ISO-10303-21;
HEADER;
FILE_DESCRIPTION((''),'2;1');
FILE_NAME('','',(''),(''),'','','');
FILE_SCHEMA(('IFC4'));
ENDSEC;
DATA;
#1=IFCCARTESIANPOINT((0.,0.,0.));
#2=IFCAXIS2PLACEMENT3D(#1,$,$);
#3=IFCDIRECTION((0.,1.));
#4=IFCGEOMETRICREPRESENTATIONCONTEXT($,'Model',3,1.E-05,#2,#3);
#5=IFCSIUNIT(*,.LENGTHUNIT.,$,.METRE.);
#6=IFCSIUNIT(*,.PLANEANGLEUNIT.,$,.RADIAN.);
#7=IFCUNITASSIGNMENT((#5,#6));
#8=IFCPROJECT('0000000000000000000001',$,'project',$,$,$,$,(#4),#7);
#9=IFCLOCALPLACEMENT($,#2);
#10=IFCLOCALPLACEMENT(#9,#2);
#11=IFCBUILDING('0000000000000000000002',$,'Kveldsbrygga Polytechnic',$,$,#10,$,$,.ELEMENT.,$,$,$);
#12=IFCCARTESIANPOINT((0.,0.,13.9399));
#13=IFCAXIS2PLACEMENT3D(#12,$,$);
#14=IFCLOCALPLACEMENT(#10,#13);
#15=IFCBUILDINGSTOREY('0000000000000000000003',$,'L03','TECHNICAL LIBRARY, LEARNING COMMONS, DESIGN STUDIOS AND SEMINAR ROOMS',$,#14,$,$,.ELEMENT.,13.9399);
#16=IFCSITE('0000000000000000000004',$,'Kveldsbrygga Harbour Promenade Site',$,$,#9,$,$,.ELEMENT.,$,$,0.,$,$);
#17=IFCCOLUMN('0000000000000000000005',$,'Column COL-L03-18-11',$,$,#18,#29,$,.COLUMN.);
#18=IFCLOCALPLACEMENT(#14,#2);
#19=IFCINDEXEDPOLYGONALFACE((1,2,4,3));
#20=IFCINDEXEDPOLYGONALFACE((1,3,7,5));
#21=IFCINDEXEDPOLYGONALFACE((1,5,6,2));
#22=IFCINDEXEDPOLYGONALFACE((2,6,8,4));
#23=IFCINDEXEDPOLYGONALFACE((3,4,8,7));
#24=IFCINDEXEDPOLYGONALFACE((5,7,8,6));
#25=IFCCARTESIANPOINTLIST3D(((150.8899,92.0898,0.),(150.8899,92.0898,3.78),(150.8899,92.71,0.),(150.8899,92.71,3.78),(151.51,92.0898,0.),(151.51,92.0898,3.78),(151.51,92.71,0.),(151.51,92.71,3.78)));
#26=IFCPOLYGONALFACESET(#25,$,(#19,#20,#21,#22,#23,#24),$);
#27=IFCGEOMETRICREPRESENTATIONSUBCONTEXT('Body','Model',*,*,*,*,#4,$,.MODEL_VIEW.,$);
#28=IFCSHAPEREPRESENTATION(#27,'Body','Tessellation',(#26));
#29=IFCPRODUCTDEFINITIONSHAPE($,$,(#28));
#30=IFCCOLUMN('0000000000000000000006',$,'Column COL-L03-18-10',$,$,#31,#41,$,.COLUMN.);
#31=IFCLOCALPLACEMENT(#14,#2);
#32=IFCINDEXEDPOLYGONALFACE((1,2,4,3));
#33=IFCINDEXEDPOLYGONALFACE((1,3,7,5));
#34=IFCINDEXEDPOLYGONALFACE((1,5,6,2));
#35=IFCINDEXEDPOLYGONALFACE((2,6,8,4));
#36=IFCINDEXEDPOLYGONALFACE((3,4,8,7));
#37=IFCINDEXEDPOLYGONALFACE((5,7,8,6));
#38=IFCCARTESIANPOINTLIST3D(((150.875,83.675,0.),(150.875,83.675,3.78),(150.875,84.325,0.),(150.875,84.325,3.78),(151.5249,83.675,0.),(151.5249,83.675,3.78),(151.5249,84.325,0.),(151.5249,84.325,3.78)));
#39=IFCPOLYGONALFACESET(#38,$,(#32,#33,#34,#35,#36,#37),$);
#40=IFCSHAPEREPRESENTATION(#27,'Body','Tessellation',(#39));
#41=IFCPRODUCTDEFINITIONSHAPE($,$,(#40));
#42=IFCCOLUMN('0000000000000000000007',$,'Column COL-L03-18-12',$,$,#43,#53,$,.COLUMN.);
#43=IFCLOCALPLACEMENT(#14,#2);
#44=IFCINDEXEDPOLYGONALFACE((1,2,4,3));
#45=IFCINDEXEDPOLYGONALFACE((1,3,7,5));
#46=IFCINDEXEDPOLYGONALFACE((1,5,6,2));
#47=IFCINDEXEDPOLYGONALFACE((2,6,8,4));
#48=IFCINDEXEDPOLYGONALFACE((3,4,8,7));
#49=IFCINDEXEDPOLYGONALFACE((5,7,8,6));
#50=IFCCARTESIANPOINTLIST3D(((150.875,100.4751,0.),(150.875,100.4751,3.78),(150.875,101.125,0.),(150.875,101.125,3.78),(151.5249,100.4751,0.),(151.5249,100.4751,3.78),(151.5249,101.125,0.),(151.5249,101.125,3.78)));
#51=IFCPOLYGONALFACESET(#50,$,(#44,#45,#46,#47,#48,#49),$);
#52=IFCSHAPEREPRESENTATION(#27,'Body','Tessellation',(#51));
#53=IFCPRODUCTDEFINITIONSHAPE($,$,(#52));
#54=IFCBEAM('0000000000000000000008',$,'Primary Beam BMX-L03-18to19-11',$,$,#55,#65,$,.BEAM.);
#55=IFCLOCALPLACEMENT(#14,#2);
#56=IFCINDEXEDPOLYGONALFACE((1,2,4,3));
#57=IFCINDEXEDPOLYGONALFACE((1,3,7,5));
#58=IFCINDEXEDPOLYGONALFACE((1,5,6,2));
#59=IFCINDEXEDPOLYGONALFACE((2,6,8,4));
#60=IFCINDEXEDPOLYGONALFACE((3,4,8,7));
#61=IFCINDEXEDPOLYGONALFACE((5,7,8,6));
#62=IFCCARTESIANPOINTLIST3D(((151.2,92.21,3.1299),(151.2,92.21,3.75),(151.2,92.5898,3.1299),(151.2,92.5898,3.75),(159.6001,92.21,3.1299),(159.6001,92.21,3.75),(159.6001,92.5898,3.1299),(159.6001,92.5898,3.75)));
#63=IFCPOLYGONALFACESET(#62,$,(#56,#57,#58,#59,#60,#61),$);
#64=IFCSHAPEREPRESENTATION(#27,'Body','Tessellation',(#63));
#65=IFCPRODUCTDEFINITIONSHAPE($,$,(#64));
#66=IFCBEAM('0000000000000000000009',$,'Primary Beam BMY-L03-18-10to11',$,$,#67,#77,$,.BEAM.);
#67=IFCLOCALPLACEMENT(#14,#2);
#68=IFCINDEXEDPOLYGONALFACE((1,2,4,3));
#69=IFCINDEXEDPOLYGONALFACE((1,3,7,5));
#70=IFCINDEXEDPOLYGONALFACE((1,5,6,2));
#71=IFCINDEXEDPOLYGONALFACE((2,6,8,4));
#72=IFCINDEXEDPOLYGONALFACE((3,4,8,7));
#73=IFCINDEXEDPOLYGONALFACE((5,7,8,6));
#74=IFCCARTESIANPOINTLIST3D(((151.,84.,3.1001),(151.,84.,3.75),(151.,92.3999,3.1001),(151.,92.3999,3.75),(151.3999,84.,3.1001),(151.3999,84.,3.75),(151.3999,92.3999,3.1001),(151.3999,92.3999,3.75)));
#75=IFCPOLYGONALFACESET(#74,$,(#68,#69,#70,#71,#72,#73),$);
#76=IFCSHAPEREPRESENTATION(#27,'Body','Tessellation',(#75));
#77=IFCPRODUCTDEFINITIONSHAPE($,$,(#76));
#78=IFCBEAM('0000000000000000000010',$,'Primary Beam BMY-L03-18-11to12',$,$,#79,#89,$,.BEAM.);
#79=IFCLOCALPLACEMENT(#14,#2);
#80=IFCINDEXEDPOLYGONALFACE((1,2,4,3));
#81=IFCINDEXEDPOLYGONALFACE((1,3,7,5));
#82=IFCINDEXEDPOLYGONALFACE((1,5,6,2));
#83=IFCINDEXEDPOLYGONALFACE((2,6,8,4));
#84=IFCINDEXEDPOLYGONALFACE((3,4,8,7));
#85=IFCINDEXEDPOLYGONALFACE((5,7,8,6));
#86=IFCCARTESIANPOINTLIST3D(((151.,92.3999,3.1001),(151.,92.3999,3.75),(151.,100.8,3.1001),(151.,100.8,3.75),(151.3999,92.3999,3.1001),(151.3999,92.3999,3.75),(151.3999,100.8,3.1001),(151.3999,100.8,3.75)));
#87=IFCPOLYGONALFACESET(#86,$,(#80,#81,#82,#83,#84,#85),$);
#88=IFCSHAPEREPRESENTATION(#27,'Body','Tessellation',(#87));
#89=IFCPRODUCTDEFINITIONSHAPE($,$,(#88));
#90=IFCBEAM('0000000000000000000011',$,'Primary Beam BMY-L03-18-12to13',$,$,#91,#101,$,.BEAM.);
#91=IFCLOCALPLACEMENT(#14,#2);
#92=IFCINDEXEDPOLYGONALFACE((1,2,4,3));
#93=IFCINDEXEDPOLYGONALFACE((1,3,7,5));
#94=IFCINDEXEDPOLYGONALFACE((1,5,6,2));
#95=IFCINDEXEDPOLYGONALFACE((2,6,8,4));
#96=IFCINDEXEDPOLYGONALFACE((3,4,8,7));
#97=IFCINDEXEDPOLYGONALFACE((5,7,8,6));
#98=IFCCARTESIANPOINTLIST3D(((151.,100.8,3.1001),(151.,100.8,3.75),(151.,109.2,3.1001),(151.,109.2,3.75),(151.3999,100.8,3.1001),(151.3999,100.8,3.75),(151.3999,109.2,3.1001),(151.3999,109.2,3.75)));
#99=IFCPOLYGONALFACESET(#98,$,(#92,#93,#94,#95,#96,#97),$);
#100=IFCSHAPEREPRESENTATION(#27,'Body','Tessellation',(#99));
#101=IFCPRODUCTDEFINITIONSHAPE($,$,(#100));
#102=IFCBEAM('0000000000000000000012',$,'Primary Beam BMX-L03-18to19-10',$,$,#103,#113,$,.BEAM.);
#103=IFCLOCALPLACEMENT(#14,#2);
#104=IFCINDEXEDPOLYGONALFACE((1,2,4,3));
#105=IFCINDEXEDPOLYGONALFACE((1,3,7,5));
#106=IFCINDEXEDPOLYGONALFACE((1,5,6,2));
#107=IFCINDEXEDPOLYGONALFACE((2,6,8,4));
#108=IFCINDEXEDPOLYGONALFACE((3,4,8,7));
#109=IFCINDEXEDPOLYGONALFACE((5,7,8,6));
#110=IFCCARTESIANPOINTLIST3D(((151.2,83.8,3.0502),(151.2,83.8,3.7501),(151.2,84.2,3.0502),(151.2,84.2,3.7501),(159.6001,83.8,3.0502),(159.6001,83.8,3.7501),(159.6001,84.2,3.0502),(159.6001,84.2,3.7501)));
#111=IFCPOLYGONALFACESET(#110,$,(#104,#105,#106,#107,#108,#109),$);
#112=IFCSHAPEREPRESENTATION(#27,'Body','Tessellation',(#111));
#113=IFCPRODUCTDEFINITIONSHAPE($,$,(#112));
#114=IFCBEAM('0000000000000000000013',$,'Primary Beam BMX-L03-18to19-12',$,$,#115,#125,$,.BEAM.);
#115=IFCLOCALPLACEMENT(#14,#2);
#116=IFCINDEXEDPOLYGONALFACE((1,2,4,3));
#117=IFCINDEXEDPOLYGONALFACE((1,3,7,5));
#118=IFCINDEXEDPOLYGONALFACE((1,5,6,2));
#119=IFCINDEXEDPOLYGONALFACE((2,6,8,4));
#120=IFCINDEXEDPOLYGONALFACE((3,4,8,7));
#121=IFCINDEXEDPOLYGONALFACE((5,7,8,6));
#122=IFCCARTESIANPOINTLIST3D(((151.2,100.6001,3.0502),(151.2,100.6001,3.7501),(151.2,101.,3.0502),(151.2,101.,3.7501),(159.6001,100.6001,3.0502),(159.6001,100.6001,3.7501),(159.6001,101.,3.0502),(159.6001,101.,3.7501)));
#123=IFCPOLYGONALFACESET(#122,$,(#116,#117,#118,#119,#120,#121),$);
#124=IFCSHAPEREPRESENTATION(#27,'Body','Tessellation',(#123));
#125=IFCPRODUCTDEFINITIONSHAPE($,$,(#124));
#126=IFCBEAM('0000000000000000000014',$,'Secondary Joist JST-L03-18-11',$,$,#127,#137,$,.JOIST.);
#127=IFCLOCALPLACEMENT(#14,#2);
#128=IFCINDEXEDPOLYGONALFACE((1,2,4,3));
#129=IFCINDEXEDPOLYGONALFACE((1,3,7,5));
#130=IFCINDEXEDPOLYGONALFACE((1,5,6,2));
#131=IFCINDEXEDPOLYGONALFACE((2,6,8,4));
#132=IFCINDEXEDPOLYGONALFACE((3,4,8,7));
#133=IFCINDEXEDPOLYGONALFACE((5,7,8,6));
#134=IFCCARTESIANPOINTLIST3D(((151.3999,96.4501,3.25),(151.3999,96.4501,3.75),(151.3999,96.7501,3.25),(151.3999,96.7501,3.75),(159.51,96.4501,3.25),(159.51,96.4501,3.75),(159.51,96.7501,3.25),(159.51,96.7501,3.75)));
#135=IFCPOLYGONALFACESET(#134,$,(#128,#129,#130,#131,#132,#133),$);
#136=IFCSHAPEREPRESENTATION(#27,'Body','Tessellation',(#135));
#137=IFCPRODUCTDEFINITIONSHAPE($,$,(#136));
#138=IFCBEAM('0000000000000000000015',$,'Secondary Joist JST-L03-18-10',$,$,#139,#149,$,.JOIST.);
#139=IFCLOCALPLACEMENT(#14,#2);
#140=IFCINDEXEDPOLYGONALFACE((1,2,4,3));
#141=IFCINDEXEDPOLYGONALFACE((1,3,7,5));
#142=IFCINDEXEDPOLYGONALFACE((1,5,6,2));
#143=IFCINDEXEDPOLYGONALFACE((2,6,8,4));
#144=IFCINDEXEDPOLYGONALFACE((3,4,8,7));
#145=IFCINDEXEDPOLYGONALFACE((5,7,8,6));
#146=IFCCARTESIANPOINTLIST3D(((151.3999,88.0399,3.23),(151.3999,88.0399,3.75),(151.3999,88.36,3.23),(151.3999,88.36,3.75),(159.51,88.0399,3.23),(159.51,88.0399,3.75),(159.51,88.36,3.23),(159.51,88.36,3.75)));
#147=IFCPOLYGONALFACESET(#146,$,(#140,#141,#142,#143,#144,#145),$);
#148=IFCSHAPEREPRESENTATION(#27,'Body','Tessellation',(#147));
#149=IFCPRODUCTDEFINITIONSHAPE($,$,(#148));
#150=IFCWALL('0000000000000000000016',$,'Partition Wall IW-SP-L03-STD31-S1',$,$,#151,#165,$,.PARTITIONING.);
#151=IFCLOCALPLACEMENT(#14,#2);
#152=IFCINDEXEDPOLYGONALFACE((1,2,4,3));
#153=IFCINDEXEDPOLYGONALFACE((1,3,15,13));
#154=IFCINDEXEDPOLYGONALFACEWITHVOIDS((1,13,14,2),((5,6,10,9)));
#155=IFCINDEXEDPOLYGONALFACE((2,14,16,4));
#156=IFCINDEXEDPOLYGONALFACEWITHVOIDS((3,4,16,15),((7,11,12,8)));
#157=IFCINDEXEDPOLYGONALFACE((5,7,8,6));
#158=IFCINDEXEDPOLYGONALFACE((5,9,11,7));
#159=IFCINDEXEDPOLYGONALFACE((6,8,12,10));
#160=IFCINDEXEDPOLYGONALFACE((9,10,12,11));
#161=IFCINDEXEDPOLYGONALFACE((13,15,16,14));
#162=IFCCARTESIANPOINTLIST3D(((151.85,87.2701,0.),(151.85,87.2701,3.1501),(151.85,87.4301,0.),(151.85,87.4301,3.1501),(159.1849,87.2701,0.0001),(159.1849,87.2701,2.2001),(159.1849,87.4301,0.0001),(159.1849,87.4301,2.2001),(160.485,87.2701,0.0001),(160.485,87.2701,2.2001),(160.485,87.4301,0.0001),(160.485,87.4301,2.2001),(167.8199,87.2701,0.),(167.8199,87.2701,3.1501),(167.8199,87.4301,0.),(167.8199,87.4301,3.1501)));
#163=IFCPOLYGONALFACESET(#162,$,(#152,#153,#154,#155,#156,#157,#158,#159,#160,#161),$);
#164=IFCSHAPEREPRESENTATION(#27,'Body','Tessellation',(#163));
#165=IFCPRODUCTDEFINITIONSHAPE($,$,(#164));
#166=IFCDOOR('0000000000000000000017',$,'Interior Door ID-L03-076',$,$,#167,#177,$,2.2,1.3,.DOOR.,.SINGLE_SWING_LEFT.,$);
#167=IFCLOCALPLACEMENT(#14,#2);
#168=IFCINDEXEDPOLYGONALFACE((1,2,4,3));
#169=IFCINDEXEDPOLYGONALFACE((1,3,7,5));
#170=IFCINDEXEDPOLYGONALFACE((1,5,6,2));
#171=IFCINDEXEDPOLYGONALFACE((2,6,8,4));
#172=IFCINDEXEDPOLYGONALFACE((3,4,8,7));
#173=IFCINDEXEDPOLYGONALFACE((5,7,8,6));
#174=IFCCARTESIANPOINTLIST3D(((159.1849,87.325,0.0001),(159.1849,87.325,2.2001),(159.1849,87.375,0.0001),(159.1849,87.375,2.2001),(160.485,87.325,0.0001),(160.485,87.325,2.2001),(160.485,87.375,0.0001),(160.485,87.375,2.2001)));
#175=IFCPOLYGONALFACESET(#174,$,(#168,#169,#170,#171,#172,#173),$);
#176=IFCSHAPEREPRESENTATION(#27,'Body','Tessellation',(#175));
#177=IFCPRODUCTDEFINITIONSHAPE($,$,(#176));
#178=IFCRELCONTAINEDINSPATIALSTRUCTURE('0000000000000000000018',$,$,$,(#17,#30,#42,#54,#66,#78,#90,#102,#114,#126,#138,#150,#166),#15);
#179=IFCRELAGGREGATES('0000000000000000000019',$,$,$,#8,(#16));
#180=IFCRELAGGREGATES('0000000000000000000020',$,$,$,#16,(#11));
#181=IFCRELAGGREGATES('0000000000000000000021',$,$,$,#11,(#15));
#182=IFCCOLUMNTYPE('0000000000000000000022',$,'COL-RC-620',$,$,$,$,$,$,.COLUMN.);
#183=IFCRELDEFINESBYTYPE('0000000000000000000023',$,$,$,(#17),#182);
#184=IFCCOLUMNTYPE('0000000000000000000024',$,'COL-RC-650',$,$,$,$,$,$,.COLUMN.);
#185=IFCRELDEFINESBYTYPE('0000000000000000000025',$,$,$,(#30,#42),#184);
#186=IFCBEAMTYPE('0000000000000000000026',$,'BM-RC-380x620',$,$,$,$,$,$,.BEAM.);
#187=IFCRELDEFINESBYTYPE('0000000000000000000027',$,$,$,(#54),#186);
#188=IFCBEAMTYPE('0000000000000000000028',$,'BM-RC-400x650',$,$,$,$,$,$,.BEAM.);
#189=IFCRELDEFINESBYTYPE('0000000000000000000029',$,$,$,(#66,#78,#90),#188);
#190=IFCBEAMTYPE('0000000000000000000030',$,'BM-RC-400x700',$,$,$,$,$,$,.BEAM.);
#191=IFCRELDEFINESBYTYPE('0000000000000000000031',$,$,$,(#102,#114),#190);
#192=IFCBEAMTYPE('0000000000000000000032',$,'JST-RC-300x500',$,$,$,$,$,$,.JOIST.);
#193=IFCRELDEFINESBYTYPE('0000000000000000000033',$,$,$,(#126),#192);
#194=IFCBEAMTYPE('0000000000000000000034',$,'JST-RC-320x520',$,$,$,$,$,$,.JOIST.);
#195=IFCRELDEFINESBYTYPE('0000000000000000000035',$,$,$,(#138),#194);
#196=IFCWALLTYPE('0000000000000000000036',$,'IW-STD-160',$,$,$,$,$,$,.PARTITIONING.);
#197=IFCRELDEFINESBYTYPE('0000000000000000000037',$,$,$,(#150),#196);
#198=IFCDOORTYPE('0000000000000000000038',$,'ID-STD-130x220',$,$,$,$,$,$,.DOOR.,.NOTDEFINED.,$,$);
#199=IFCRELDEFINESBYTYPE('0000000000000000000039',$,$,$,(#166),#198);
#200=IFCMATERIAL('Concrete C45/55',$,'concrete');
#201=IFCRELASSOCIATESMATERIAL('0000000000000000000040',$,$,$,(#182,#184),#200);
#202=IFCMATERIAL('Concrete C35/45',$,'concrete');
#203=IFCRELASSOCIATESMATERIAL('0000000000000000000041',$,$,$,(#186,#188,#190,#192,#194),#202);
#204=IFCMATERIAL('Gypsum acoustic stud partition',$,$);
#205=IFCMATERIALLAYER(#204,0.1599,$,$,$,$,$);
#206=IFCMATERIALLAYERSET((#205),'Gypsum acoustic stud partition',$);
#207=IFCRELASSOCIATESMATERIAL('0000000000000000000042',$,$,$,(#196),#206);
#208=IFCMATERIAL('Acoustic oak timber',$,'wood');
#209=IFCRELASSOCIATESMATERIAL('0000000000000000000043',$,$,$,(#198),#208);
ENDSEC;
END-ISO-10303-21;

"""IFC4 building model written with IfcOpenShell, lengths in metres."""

from ifc_helpers import new_model, si_unit, direction, frame, frame_2d, origin, origin_2d, place, context, subcontext, project, spatial, rectangle, extrude, material, layer, layer_set, material_profile, profile_set, type_object, element, fill, save


model = new_model("IFC4")

# Units and contexts
model_context = context("Model", 3, precision=1e-05, world=origin(), true_north=direction((0.0, 1.0)))
body_context = subcontext(model_context, "Body", "Model", "MODEL_VIEW")
ifc_project = project(units=[si_unit("LENGTHUNIT", "METRE"), si_unit("PLANEANGLEUNIT", "RADIAN")], contexts=[model_context])

# Site, building, storey
site_placement = place(None, origin())
site = spatial("IfcSite", under=ifc_project, at=site_placement, Name="Kveldsbrygga Harbour Promenade Site", CompositionType="ELEMENT", RefElevation=0.0)
building_placement = place(site_placement, origin())
building = spatial("IfcBuilding", under=site, at=building_placement, Name="Kveldsbrygga Polytechnic", CompositionType="ELEMENT")
storey_placement = place(building_placement, frame((0.0, 0.0, 13.9399)))
storey = spatial("IfcBuildingStorey", under=building, at=storey_placement, Name="L03", Description="TECHNICAL LIBRARY, LEARNING COMMONS, DESIGN STUDIOS AND SEMINAR ROOMS", CompositionType="ELEMENT", Elevation=13.9399)

# Columns
ifc_material_1 = material(Name="Concrete C45/55", Category="concrete")
ifc_material_profile_1 = material_profile(ifc_material_1, rectangle(XDim=0.6201, YDim=0.6201, at=origin_2d()), Name="RC 620x620")
ifc_profile_set_1 = profile_set([ifc_material_profile_1], Name="Concrete C45/55")
column_type_1 = type_object("IfcColumnType", Name="COL-RC-620", PredefinedType="COLUMN", material=ifc_profile_set_1)
column_placement = place(storey_placement, frame((151.2, 92.3999, 0.0), z_axis=(0.0, 0.0, 1.0), x_axis=(1.0, 0.0, 0.0)))
element("IfcColumn", 1, at=column_placement, inside=storey, type_object=column_type_1, Name="Column COL-L03-18-11", PredefinedType="COLUMN", context=body_context, shape_type="SweptSolid", body=[
    extrude(rectangle(XDim=0.6201, YDim=0.6201, at=origin_2d()), origin(), (0.0, 0.0, 1.0), 3.78),
])
ifc_material_profile_2 = material_profile(ifc_material_1, rectangle(XDim=0.6499, YDim=0.6499, at=origin_2d()), Name="RC 650x650")
ifc_profile_set_2 = profile_set([ifc_material_profile_2], Name="Concrete C45/55")
column_type_2 = type_object("IfcColumnType", Name="COL-RC-650", PredefinedType="COLUMN", material=ifc_profile_set_2)
for number, where, z_axis, x_axis, name in (
    (2, (151.2, 84.0, 0.0), (0.0, 0.0, 1.0), (1.0, 0.0, 0.0), "Column COL-L03-18-10"),
    (3, (151.2, 100.8, 0.0), (0.0, 0.0, 1.0), (1.0, 0.0, 0.0), "Column COL-L03-18-12"),
):
    element("IfcColumn", number, at=place(storey_placement, frame(where, z_axis=z_axis, x_axis=x_axis)), inside=storey, type_object=column_type_2, Name=name, PredefinedType="COLUMN", context=body_context, shape_type="SweptSolid", body=[
        extrude(rectangle(XDim=0.6499, YDim=0.6499, at=origin_2d()), origin(), (0.0, 0.0, 1.0), 3.78),
    ])

# Beams
ifc_material_2 = material(Name="Concrete C35/45", Category="concrete")
ifc_material_profile_3 = material_profile(ifc_material_2, rectangle(XDim=0.3799, YDim=0.6201, at=origin_2d()), Name="RC 380x620")
ifc_profile_set_3 = profile_set([ifc_material_profile_3], Name="Concrete C35/45")
beam_type_1 = type_object("IfcBeamType", Name="BM-RC-380x620", PredefinedType="BEAM", material=ifc_profile_set_3)
beam_1_placement = place(storey_placement, frame((151.2, 92.3999, 3.4399), z_axis=(1.0, 0.0, 0.0), x_axis=(0.0, 1.0, 0.0)))
element("IfcBeam", 4, at=beam_1_placement, inside=storey, type_object=beam_type_1, Name="Primary Beam BMX-L03-18to19-11", PredefinedType="BEAM", context=body_context, shape_type="SweptSolid", body=[
    extrude(rectangle(XDim=0.3799, YDim=0.6201, at=origin_2d()), origin(), (0.0, 0.0, 1.0), 8.4001),
])
ifc_material_profile_4 = material_profile(ifc_material_2, rectangle(XDim=0.3999, YDim=0.6499, at=origin_2d()), Name="RC 400x650")
ifc_profile_set_4 = profile_set([ifc_material_profile_4], Name="Concrete C35/45")
beam_type_2 = type_object("IfcBeamType", Name="BM-RC-400x650", PredefinedType="BEAM", material=ifc_profile_set_4)
beam_2_placement = place(storey_placement, frame((151.2, 84.0, 3.425), z_axis=(0.0, 1.0, 0.0), x_axis=(-1.0, 0.0, 0.0)))
element("IfcBeam", 5, at=beam_2_placement, inside=storey, type_object=beam_type_2, Name="Primary Beam BMY-L03-18-10to11", PredefinedType="BEAM", context=body_context, shape_type="SweptSolid", body=[
    extrude(rectangle(XDim=0.3999, YDim=0.6499, at=origin_2d()), origin(), (0.0, 0.0, 1.0), 8.3999),
])
beam_3_placement = place(storey_placement, frame((151.2, 92.3999, 3.425), z_axis=(0.0, 1.0, 0.0), x_axis=(-1.0, 0.0, 0.0)))
element("IfcBeam", 6, at=beam_3_placement, inside=storey, type_object=beam_type_2, Name="Primary Beam BMY-L03-18-11to12", PredefinedType="BEAM", context=body_context, shape_type="SweptSolid", body=[
    extrude(rectangle(XDim=0.3999, YDim=0.6499, at=origin_2d()), origin(), (0.0, 0.0, 1.0), 8.4001),
])
beam_4_placement = place(storey_placement, frame((151.2, 100.8, 3.425), z_axis=(0.0, 1.0, 0.0), x_axis=(-1.0, 0.0, 0.0)))
element("IfcBeam", 7, at=beam_4_placement, inside=storey, type_object=beam_type_2, Name="Primary Beam BMY-L03-18-12to13", PredefinedType="BEAM", context=body_context, shape_type="SweptSolid", body=[
    extrude(rectangle(XDim=0.3999, YDim=0.6499, at=origin_2d()), origin(), (0.0, 0.0, 1.0), 8.3999),
])
ifc_material_profile_5 = material_profile(ifc_material_2, rectangle(XDim=0.3999, YDim=0.7, at=origin_2d()), Name="RC 400x700")
ifc_profile_set_5 = profile_set([ifc_material_profile_5], Name="Concrete C35/45")
beam_type_3 = type_object("IfcBeamType", Name="BM-RC-400x700", PredefinedType="BEAM", material=ifc_profile_set_5)
for number, where, z_axis, x_axis, name in (
    (8, (151.2, 84.0, 3.4001), (1.0, 0.0, 0.0), (0.0, 1.0, 0.0), "Primary Beam BMX-L03-18to19-10"),
    (9, (151.2, 100.8, 3.4001), (1.0, 0.0, 0.0), (0.0, 1.0, 0.0), "Primary Beam BMX-L03-18to19-12"),
):
    element("IfcBeam", number, at=place(storey_placement, frame(where, z_axis=z_axis, x_axis=x_axis)), inside=storey, type_object=beam_type_3, Name=name, PredefinedType="BEAM", context=body_context, shape_type="SweptSolid", body=[
        extrude(rectangle(XDim=0.3999, YDim=0.7, at=origin_2d()), origin(), (0.0, 0.0, 1.0), 8.4001),
    ])
ifc_material_profile_6 = material_profile(ifc_material_2, rectangle(XDim=0.3, YDim=0.5, at=origin_2d()), Name="RC 300x500")
ifc_profile_set_6 = profile_set([ifc_material_profile_6], Name="Concrete C35/45")
beam_type_4 = type_object("IfcBeamType", Name="JST-RC-300x500", PredefinedType="JOIST", material=ifc_profile_set_6)
beam_5_placement = place(storey_placement, frame((151.3999, 96.6001, 3.5), z_axis=(1.0, 0.0, 0.0), x_axis=(0.0, 1.0, 0.0)))
element("IfcBeam", 10, at=beam_5_placement, inside=storey, type_object=beam_type_4, Name="Secondary Joist JST-L03-18-11", PredefinedType="JOIST", context=body_context, shape_type="SweptSolid", body=[
    extrude(rectangle(XDim=0.3, YDim=0.5, at=origin_2d()), origin(), (0.0, 0.0, 1.0), 8.1101),
])
ifc_material_profile_7 = material_profile(ifc_material_2, rectangle(XDim=0.3201, YDim=0.52, at=origin_2d()), Name="RC 320x520")
ifc_profile_set_7 = profile_set([ifc_material_profile_7], Name="Concrete C35/45")
beam_type_5 = type_object("IfcBeamType", Name="JST-RC-320x520", PredefinedType="JOIST", material=ifc_profile_set_7)
beam_6_placement = place(storey_placement, frame((151.3999, 88.2, 3.49), z_axis=(1.0, 0.0, 0.0), x_axis=(0.0, 1.0, 0.0)))
element("IfcBeam", 11, at=beam_6_placement, inside=storey, type_object=beam_type_5, Name="Secondary Joist JST-L03-18-10", PredefinedType="JOIST", context=body_context, shape_type="SweptSolid", body=[
    extrude(rectangle(XDim=0.3201, YDim=0.52, at=origin_2d()), origin(), (0.0, 0.0, 1.0), 8.1101),
])

# Wall, opening, door
ifc_material_3 = material(Name="Gypsum acoustic stud partition")
ifc_layer_1 = layer(ifc_material_3, 0.1599)
ifc_layer_set_1 = layer_set([ifc_layer_1], Name="Gypsum acoustic stud partition")
wall_type_1 = type_object("IfcWallType", Name="IW-STD-160", PredefinedType="PARTITIONING", material=ifc_layer_set_1)
wall_1_placement = place(storey_placement, frame((151.8501, 87.3501, 0.0), z_axis=(0.0, 0.0, 1.0), x_axis=(1.0, 0.0, 0.0)))
wall_1 = element("IfcWall", 12, at=wall_1_placement, inside=storey, type_object=wall_type_1, Name="Partition Wall IW-SP-L03-STD31-S1", PredefinedType="PARTITIONING", context=body_context, shape_type="SweptSolid", body=[
    extrude(rectangle(XDim=15.97, YDim=0.1599, at=frame_2d((7.9849, 0.0))), origin(), (0.0, 0.0, 1.0), 3.1501),
])
opening_placement = place(wall_1_placement, frame((7.335, 0.0, 0.0)))
opening = element("IfcOpeningElement", 13, at=opening_placement, cuts=wall_1, PredefinedType="OPENING", context=body_context, shape_type="SweptSolid", body=[
    extrude(rectangle(XDim=1.3, YDim=2.2, at=frame_2d((0.6499, 1.1001))), frame((0.0, 0.0898, 0.0), z_axis=(0.0, -1.0, 0.0), x_axis=(1.0, 0.0, 0.0)), (0.0, 0.0, 1.0), 0.1799),
])
ifc_material_4 = material(Name="Acoustic oak timber", Category="wood")
door_type = type_object("IfcDoorType", Name="ID-STD-130x220", OperationType="NOTDEFINED", PredefinedType="DOOR", material=ifc_material_4)
door_placement = place(opening_placement, origin())
door = element("IfcDoor", 14, at=door_placement, inside=storey, type_object=door_type, Name="Interior Door ID-L03-076", OperationType="SINGLE_SWING_LEFT", OverallHeight=2.2, OverallWidth=1.3, PredefinedType="DOOR", context=body_context, shape_type="SweptSolid", body=[
    extrude(rectangle(XDim=1.3, YDim=2.2, at=frame_2d((0.6499, 1.1001))), frame((0.0, 0.0249, 0.0), z_axis=(0.0, -1.0, 0.0), x_axis=(1.0, 0.0, 0.0)), (0.0, 0.0, 1.0), 0.05),
])
fill(opening, door)

save(model, "model.ifc")
